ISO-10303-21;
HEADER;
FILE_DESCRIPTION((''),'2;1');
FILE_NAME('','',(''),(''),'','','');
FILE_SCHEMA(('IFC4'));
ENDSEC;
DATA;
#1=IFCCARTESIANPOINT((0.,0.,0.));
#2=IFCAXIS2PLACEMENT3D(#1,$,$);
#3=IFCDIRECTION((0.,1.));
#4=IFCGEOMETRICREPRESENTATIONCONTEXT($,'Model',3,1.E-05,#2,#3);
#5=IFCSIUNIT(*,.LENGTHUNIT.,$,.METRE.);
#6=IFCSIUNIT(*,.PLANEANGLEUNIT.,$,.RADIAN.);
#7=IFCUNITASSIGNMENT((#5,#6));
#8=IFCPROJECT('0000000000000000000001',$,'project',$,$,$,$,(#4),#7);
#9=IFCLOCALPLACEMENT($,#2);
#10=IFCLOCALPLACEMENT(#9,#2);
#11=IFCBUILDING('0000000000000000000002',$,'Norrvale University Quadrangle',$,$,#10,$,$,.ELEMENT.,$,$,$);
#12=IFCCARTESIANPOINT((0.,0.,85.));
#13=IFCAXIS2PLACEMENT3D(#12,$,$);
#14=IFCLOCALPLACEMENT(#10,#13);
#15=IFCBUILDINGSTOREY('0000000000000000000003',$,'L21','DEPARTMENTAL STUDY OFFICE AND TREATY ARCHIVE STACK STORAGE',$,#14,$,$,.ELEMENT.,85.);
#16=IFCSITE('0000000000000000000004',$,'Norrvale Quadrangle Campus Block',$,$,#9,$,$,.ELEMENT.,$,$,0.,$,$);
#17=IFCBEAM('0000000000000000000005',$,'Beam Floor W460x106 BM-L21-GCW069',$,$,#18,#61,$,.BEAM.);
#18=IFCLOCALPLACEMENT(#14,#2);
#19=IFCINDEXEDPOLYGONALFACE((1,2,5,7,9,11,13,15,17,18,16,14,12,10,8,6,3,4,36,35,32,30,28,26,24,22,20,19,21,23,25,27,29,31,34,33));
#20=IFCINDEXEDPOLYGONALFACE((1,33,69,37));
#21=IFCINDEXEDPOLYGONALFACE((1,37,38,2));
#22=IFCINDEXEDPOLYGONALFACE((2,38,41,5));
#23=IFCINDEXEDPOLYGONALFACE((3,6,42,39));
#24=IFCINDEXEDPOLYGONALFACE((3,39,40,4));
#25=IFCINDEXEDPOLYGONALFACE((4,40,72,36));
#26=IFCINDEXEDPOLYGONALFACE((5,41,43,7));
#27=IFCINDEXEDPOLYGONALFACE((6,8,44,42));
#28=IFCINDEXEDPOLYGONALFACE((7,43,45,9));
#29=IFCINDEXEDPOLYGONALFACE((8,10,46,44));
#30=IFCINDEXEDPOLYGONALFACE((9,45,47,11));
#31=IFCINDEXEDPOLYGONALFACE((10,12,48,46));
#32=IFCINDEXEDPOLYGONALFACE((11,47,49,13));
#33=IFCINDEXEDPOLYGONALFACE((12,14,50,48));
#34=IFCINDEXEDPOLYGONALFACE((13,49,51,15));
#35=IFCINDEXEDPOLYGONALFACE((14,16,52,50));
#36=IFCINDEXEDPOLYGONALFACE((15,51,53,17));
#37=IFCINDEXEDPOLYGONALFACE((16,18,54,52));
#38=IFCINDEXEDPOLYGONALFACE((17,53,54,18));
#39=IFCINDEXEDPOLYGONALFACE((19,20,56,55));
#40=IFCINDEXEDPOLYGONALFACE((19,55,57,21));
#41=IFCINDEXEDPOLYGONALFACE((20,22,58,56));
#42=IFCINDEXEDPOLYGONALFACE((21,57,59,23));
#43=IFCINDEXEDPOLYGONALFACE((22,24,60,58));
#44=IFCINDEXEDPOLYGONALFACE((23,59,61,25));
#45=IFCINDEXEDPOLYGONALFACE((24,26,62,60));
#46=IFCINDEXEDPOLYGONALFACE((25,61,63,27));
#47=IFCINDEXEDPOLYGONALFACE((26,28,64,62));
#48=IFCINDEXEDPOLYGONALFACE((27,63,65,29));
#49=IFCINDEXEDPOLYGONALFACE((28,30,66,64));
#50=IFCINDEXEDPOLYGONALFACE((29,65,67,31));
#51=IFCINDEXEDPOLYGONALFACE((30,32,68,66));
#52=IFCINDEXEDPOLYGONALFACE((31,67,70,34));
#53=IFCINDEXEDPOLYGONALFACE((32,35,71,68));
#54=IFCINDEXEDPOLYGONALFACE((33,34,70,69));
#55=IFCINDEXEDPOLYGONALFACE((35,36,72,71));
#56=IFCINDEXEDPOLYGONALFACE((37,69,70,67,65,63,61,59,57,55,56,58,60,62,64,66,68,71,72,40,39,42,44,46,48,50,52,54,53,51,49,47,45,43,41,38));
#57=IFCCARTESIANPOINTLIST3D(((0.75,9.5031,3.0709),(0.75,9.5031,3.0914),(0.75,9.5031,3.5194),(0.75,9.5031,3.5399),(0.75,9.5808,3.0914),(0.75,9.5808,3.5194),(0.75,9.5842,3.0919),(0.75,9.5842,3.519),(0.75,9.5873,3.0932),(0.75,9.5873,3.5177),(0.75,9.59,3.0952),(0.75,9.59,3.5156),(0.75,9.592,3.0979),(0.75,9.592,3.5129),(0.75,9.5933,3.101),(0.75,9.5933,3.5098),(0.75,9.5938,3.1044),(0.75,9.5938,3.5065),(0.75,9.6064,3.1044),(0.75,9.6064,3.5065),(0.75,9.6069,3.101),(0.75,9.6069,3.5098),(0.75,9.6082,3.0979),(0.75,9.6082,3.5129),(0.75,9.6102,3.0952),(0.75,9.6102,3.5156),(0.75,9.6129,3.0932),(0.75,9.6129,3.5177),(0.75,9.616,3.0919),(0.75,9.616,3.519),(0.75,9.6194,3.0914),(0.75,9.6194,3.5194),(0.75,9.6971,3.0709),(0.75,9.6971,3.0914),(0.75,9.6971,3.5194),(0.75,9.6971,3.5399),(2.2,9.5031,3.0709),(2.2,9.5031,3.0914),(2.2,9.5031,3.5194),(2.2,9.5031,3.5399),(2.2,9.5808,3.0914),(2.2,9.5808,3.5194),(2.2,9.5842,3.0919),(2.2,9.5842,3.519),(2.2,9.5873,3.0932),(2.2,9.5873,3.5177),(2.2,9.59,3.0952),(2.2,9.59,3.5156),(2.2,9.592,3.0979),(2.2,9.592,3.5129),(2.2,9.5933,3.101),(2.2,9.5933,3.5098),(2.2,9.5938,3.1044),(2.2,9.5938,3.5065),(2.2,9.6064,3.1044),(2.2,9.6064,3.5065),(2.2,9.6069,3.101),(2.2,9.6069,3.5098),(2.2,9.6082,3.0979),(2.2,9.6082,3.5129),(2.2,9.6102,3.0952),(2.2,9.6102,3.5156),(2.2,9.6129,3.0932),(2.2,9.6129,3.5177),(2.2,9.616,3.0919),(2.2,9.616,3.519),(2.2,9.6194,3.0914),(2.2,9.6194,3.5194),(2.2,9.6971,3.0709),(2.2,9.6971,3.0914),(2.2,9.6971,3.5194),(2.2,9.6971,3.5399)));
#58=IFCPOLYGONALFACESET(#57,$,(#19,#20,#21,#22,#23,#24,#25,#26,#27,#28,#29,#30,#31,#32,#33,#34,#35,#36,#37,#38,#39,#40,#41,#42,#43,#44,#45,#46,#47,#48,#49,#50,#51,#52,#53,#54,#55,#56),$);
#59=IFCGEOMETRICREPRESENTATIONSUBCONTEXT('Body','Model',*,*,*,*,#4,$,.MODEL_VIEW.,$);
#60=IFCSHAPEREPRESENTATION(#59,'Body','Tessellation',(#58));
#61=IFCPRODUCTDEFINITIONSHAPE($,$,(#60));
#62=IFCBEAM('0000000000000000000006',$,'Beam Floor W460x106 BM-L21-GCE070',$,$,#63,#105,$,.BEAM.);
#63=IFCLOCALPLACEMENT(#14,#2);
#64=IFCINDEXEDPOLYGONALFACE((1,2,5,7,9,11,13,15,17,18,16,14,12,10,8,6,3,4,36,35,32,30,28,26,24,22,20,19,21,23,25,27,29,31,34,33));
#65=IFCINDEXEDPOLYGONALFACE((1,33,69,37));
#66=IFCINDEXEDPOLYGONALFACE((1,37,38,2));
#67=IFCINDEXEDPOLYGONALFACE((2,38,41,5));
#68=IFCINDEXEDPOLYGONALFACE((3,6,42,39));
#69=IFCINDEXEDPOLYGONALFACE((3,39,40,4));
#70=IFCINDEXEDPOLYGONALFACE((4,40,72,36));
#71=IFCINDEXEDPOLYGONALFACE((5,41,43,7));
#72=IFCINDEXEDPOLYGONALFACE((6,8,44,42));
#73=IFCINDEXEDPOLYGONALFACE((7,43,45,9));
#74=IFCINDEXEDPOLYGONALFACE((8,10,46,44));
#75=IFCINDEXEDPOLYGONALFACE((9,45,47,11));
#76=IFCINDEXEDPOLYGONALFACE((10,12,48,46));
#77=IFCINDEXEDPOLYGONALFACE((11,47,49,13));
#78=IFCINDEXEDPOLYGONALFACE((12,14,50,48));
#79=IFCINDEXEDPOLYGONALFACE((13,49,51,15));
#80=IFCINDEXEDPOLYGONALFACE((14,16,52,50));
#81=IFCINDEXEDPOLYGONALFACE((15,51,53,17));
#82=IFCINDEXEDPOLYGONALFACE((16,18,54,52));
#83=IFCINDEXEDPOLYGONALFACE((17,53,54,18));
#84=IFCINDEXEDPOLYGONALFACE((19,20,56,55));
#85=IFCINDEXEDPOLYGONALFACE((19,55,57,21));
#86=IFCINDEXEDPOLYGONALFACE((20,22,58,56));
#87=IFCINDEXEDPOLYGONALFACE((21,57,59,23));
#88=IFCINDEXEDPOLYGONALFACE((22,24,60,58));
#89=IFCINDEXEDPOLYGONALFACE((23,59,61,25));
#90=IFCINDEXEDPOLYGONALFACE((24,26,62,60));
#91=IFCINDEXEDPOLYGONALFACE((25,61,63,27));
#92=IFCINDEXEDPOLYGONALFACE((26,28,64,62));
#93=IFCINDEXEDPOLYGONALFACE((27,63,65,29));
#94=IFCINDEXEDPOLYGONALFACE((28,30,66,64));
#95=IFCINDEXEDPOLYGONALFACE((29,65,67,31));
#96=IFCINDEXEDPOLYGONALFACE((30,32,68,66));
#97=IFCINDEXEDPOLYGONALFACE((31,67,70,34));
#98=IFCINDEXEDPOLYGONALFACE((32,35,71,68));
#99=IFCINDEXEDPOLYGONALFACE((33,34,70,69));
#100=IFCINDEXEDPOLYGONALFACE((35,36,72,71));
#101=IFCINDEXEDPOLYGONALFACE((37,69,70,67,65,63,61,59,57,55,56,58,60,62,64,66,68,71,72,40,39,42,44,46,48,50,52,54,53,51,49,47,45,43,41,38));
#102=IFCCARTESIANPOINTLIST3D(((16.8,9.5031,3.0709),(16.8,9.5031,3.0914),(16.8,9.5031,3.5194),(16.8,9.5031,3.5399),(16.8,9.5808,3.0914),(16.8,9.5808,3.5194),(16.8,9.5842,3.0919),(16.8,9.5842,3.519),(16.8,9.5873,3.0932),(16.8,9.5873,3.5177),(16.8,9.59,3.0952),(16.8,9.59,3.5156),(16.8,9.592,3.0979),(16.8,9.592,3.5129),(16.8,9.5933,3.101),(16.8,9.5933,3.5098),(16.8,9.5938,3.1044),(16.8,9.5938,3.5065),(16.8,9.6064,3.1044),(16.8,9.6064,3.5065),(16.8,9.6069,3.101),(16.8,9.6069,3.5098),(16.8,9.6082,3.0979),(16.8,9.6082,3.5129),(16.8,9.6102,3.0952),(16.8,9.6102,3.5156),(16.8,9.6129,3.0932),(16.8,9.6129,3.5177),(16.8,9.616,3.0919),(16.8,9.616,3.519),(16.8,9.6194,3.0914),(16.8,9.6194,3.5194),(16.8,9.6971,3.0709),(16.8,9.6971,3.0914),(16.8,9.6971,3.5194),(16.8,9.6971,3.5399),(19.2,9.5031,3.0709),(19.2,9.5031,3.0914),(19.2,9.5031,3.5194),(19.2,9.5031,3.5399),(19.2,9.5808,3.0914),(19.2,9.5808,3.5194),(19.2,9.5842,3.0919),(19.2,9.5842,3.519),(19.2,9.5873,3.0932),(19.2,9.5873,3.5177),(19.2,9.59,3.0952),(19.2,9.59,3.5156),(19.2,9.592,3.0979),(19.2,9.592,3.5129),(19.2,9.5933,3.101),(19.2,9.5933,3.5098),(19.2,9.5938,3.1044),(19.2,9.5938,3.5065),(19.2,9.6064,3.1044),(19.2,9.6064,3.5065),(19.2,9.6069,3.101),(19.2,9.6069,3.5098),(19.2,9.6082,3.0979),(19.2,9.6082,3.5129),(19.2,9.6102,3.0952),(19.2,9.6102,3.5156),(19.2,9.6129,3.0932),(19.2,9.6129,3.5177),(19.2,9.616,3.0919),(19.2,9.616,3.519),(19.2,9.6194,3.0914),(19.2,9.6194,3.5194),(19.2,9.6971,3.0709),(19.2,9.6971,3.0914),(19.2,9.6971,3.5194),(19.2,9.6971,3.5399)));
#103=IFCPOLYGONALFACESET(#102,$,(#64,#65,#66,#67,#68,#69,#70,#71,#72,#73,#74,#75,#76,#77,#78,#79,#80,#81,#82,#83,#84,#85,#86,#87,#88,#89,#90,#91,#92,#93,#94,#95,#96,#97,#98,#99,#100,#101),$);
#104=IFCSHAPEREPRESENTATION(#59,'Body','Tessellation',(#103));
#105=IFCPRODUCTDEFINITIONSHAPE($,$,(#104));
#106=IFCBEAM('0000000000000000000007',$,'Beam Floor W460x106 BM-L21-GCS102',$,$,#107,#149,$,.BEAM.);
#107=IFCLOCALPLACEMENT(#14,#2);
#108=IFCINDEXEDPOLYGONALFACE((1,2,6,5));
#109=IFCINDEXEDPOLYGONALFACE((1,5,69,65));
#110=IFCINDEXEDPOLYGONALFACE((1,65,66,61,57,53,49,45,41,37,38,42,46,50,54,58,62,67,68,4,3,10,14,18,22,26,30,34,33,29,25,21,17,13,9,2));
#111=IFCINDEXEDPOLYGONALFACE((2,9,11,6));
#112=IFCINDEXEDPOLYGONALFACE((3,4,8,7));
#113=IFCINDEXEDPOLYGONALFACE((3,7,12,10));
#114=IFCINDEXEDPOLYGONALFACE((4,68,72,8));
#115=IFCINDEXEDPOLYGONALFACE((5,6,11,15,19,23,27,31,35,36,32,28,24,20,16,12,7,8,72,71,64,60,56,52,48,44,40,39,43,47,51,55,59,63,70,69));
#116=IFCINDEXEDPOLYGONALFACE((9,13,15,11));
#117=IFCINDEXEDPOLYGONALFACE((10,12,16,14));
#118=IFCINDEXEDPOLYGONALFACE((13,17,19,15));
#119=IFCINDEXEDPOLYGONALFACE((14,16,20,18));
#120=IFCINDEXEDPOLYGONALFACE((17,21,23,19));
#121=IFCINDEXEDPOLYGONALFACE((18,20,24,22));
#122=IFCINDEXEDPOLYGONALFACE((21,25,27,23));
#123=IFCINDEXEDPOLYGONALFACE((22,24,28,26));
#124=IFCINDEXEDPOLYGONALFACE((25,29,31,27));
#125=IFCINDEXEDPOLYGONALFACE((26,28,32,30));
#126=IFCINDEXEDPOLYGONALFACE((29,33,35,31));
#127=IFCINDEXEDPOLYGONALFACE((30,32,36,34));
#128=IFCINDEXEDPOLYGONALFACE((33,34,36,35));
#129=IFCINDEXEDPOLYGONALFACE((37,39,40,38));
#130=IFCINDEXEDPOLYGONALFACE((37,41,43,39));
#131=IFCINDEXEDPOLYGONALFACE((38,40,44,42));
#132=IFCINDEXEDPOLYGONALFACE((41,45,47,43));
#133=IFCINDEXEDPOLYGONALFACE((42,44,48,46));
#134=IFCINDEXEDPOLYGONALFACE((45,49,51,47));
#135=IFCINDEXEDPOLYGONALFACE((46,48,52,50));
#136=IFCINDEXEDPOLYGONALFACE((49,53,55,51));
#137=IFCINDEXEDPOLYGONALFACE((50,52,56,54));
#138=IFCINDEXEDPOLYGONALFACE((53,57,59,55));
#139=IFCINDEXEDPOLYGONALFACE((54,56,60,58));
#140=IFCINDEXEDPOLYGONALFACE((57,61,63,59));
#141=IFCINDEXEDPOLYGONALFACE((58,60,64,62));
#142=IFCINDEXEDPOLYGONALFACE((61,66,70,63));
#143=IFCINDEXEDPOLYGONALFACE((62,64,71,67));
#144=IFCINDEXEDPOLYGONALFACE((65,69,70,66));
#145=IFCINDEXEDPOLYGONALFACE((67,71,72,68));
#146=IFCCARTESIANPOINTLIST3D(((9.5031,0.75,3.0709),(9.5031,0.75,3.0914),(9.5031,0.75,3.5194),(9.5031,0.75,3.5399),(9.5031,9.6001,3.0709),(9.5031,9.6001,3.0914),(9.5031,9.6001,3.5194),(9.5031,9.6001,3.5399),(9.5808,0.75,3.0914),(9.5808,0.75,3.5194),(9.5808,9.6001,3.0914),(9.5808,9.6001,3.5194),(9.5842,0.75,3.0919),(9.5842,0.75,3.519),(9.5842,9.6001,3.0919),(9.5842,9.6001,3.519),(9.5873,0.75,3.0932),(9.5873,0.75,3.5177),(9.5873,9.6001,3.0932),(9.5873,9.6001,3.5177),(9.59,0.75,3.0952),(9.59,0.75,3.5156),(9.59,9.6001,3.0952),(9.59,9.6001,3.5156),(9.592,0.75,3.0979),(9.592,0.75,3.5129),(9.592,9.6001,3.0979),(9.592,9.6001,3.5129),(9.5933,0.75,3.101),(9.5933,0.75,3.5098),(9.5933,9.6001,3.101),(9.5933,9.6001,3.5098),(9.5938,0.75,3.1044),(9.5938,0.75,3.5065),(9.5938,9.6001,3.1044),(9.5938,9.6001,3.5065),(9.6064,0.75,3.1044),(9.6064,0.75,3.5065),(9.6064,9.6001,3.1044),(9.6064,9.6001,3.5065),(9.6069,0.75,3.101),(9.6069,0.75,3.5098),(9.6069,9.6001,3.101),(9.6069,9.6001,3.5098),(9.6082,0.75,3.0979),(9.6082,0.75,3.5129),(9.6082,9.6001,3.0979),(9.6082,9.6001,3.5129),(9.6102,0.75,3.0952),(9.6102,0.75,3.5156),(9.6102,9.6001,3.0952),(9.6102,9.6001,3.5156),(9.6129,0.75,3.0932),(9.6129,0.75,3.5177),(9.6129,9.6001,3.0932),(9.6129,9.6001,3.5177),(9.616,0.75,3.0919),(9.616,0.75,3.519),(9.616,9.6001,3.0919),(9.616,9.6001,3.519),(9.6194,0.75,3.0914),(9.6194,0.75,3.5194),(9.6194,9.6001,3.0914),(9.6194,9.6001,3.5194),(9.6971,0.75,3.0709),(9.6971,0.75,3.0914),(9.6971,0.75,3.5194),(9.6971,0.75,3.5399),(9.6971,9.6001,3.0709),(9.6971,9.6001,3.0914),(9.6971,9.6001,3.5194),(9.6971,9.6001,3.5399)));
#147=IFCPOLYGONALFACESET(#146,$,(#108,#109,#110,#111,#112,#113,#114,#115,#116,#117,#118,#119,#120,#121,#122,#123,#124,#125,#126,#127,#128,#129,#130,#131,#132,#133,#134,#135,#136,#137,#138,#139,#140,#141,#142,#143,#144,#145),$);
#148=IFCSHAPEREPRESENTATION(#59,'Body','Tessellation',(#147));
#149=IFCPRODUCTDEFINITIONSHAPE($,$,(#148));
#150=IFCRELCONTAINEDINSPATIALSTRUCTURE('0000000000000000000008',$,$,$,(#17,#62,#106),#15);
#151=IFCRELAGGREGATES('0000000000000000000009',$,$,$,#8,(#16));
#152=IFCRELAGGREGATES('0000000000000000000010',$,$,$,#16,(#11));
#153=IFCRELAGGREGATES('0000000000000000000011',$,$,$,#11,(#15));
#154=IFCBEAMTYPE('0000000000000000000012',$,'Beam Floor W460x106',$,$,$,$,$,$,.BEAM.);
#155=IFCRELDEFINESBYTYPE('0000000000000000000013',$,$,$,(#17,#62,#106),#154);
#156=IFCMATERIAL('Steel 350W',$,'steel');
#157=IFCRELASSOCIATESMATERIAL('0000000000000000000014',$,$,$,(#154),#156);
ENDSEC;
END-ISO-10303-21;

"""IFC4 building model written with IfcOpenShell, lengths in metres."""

from ifc_helpers import new_model, si_unit, direction, frame, origin, origin_2d, place, context, subcontext, project, spatial, i_section, extrude, material, material_profile, profile_set, type_object, element, save


model = new_model("IFC4")

# Units and contexts
model_context = context("Model", 3, precision=1e-05, world=origin(), true_north=direction((0.0, 1.0)))
body_context = subcontext(model_context, "Body", "Model", "MODEL_VIEW")
ifc_project = project(units=[si_unit("LENGTHUNIT", "METRE"), si_unit("PLANEANGLEUNIT", "RADIAN")], contexts=[model_context])

# Site, building, storey
site_placement = place(None, origin())
site = spatial("IfcSite", under=ifc_project, at=site_placement, Name="Norrvale Quadrangle Campus Block", CompositionType="ELEMENT", RefElevation=0.0)
building_placement = place(site_placement, origin())
building = spatial("IfcBuilding", under=site, at=building_placement, Name="Norrvale University Quadrangle", CompositionType="ELEMENT")
storey_placement = place(building_placement, frame((0.0, 0.0, 85.0)))
storey = spatial("IfcBuildingStorey", under=building, at=storey_placement, Name="L21", Description="DEPARTMENTAL STUDY OFFICE AND TREATY ARCHIVE STACK STORAGE", CompositionType="ELEMENT", Elevation=85.0)

# Beams
ifc_material_1 = material(Name="Steel 350W", Category="steel")
ifc_material_profile_1 = material_profile(ifc_material_1, i_section(OverallWidth=0.1941, OverallDepth=0.469, WebThickness=0.0127, FlangeThickness=0.0205, FilletRadius=0.0129, at=origin_2d()), Name="Steel 350W")
ifc_profile_set_1 = profile_set([ifc_material_profile_1], Name="Steel 350W")
beam_type_1 = type_object("IfcBeamType", Name="Beam Floor W460x106", PredefinedType="BEAM", material=ifc_profile_set_1)
beam_1_placement = place(storey_placement, frame((0.75, 9.6001, 3.3054), z_axis=(1.0, 0.0, 0.0), x_axis=(0.0, 1.0, 0.0)))
element("IfcBeam", 1, at=beam_1_placement, inside=storey, type_object=beam_type_1, Name="Beam Floor W460x106 BM-L21-GCW069", PredefinedType="BEAM", context=body_context, shape_type="SweptSolid", body=[
    extrude(i_section(OverallWidth=0.1941, OverallDepth=0.469, WebThickness=0.0127, FlangeThickness=0.0205, FilletRadius=0.0129, at=origin_2d()), origin(), (0.0, 0.0, 1.0), 1.45),
])
beam_2_placement = place(storey_placement, frame((16.8, 9.6001, 3.3054), z_axis=(1.0, 0.0, 0.0), x_axis=(0.0, 1.0, 0.0)))
element("IfcBeam", 2, at=beam_2_placement, inside=storey, type_object=beam_type_1, Name="Beam Floor W460x106 BM-L21-GCE070", PredefinedType="BEAM", context=body_context, shape_type="SweptSolid", body=[
    extrude(i_section(OverallWidth=0.1941, OverallDepth=0.469, WebThickness=0.0127, FlangeThickness=0.0205, FilletRadius=0.0129, at=origin_2d()), origin(), (0.0, 0.0, 1.0), 2.3999),
])
beam_3_placement = place(storey_placement, frame((9.6001, 0.75, 3.3054), z_axis=(0.0, 1.0, 0.0), x_axis=(-1.0, 0.0, 0.0)))
element("IfcBeam", 3, at=beam_3_placement, inside=storey, type_object=beam_type_1, Name="Beam Floor W460x106 BM-L21-GCS102", PredefinedType="BEAM", context=body_context, shape_type="SweptSolid", body=[
    extrude(i_section(OverallWidth=0.1941, OverallDepth=0.469, WebThickness=0.0127, FlangeThickness=0.0205, FilletRadius=0.0129, at=origin_2d()), origin(), (0.0, 0.0, 1.0), 8.8501),
])

save(model, "model.ifc")
